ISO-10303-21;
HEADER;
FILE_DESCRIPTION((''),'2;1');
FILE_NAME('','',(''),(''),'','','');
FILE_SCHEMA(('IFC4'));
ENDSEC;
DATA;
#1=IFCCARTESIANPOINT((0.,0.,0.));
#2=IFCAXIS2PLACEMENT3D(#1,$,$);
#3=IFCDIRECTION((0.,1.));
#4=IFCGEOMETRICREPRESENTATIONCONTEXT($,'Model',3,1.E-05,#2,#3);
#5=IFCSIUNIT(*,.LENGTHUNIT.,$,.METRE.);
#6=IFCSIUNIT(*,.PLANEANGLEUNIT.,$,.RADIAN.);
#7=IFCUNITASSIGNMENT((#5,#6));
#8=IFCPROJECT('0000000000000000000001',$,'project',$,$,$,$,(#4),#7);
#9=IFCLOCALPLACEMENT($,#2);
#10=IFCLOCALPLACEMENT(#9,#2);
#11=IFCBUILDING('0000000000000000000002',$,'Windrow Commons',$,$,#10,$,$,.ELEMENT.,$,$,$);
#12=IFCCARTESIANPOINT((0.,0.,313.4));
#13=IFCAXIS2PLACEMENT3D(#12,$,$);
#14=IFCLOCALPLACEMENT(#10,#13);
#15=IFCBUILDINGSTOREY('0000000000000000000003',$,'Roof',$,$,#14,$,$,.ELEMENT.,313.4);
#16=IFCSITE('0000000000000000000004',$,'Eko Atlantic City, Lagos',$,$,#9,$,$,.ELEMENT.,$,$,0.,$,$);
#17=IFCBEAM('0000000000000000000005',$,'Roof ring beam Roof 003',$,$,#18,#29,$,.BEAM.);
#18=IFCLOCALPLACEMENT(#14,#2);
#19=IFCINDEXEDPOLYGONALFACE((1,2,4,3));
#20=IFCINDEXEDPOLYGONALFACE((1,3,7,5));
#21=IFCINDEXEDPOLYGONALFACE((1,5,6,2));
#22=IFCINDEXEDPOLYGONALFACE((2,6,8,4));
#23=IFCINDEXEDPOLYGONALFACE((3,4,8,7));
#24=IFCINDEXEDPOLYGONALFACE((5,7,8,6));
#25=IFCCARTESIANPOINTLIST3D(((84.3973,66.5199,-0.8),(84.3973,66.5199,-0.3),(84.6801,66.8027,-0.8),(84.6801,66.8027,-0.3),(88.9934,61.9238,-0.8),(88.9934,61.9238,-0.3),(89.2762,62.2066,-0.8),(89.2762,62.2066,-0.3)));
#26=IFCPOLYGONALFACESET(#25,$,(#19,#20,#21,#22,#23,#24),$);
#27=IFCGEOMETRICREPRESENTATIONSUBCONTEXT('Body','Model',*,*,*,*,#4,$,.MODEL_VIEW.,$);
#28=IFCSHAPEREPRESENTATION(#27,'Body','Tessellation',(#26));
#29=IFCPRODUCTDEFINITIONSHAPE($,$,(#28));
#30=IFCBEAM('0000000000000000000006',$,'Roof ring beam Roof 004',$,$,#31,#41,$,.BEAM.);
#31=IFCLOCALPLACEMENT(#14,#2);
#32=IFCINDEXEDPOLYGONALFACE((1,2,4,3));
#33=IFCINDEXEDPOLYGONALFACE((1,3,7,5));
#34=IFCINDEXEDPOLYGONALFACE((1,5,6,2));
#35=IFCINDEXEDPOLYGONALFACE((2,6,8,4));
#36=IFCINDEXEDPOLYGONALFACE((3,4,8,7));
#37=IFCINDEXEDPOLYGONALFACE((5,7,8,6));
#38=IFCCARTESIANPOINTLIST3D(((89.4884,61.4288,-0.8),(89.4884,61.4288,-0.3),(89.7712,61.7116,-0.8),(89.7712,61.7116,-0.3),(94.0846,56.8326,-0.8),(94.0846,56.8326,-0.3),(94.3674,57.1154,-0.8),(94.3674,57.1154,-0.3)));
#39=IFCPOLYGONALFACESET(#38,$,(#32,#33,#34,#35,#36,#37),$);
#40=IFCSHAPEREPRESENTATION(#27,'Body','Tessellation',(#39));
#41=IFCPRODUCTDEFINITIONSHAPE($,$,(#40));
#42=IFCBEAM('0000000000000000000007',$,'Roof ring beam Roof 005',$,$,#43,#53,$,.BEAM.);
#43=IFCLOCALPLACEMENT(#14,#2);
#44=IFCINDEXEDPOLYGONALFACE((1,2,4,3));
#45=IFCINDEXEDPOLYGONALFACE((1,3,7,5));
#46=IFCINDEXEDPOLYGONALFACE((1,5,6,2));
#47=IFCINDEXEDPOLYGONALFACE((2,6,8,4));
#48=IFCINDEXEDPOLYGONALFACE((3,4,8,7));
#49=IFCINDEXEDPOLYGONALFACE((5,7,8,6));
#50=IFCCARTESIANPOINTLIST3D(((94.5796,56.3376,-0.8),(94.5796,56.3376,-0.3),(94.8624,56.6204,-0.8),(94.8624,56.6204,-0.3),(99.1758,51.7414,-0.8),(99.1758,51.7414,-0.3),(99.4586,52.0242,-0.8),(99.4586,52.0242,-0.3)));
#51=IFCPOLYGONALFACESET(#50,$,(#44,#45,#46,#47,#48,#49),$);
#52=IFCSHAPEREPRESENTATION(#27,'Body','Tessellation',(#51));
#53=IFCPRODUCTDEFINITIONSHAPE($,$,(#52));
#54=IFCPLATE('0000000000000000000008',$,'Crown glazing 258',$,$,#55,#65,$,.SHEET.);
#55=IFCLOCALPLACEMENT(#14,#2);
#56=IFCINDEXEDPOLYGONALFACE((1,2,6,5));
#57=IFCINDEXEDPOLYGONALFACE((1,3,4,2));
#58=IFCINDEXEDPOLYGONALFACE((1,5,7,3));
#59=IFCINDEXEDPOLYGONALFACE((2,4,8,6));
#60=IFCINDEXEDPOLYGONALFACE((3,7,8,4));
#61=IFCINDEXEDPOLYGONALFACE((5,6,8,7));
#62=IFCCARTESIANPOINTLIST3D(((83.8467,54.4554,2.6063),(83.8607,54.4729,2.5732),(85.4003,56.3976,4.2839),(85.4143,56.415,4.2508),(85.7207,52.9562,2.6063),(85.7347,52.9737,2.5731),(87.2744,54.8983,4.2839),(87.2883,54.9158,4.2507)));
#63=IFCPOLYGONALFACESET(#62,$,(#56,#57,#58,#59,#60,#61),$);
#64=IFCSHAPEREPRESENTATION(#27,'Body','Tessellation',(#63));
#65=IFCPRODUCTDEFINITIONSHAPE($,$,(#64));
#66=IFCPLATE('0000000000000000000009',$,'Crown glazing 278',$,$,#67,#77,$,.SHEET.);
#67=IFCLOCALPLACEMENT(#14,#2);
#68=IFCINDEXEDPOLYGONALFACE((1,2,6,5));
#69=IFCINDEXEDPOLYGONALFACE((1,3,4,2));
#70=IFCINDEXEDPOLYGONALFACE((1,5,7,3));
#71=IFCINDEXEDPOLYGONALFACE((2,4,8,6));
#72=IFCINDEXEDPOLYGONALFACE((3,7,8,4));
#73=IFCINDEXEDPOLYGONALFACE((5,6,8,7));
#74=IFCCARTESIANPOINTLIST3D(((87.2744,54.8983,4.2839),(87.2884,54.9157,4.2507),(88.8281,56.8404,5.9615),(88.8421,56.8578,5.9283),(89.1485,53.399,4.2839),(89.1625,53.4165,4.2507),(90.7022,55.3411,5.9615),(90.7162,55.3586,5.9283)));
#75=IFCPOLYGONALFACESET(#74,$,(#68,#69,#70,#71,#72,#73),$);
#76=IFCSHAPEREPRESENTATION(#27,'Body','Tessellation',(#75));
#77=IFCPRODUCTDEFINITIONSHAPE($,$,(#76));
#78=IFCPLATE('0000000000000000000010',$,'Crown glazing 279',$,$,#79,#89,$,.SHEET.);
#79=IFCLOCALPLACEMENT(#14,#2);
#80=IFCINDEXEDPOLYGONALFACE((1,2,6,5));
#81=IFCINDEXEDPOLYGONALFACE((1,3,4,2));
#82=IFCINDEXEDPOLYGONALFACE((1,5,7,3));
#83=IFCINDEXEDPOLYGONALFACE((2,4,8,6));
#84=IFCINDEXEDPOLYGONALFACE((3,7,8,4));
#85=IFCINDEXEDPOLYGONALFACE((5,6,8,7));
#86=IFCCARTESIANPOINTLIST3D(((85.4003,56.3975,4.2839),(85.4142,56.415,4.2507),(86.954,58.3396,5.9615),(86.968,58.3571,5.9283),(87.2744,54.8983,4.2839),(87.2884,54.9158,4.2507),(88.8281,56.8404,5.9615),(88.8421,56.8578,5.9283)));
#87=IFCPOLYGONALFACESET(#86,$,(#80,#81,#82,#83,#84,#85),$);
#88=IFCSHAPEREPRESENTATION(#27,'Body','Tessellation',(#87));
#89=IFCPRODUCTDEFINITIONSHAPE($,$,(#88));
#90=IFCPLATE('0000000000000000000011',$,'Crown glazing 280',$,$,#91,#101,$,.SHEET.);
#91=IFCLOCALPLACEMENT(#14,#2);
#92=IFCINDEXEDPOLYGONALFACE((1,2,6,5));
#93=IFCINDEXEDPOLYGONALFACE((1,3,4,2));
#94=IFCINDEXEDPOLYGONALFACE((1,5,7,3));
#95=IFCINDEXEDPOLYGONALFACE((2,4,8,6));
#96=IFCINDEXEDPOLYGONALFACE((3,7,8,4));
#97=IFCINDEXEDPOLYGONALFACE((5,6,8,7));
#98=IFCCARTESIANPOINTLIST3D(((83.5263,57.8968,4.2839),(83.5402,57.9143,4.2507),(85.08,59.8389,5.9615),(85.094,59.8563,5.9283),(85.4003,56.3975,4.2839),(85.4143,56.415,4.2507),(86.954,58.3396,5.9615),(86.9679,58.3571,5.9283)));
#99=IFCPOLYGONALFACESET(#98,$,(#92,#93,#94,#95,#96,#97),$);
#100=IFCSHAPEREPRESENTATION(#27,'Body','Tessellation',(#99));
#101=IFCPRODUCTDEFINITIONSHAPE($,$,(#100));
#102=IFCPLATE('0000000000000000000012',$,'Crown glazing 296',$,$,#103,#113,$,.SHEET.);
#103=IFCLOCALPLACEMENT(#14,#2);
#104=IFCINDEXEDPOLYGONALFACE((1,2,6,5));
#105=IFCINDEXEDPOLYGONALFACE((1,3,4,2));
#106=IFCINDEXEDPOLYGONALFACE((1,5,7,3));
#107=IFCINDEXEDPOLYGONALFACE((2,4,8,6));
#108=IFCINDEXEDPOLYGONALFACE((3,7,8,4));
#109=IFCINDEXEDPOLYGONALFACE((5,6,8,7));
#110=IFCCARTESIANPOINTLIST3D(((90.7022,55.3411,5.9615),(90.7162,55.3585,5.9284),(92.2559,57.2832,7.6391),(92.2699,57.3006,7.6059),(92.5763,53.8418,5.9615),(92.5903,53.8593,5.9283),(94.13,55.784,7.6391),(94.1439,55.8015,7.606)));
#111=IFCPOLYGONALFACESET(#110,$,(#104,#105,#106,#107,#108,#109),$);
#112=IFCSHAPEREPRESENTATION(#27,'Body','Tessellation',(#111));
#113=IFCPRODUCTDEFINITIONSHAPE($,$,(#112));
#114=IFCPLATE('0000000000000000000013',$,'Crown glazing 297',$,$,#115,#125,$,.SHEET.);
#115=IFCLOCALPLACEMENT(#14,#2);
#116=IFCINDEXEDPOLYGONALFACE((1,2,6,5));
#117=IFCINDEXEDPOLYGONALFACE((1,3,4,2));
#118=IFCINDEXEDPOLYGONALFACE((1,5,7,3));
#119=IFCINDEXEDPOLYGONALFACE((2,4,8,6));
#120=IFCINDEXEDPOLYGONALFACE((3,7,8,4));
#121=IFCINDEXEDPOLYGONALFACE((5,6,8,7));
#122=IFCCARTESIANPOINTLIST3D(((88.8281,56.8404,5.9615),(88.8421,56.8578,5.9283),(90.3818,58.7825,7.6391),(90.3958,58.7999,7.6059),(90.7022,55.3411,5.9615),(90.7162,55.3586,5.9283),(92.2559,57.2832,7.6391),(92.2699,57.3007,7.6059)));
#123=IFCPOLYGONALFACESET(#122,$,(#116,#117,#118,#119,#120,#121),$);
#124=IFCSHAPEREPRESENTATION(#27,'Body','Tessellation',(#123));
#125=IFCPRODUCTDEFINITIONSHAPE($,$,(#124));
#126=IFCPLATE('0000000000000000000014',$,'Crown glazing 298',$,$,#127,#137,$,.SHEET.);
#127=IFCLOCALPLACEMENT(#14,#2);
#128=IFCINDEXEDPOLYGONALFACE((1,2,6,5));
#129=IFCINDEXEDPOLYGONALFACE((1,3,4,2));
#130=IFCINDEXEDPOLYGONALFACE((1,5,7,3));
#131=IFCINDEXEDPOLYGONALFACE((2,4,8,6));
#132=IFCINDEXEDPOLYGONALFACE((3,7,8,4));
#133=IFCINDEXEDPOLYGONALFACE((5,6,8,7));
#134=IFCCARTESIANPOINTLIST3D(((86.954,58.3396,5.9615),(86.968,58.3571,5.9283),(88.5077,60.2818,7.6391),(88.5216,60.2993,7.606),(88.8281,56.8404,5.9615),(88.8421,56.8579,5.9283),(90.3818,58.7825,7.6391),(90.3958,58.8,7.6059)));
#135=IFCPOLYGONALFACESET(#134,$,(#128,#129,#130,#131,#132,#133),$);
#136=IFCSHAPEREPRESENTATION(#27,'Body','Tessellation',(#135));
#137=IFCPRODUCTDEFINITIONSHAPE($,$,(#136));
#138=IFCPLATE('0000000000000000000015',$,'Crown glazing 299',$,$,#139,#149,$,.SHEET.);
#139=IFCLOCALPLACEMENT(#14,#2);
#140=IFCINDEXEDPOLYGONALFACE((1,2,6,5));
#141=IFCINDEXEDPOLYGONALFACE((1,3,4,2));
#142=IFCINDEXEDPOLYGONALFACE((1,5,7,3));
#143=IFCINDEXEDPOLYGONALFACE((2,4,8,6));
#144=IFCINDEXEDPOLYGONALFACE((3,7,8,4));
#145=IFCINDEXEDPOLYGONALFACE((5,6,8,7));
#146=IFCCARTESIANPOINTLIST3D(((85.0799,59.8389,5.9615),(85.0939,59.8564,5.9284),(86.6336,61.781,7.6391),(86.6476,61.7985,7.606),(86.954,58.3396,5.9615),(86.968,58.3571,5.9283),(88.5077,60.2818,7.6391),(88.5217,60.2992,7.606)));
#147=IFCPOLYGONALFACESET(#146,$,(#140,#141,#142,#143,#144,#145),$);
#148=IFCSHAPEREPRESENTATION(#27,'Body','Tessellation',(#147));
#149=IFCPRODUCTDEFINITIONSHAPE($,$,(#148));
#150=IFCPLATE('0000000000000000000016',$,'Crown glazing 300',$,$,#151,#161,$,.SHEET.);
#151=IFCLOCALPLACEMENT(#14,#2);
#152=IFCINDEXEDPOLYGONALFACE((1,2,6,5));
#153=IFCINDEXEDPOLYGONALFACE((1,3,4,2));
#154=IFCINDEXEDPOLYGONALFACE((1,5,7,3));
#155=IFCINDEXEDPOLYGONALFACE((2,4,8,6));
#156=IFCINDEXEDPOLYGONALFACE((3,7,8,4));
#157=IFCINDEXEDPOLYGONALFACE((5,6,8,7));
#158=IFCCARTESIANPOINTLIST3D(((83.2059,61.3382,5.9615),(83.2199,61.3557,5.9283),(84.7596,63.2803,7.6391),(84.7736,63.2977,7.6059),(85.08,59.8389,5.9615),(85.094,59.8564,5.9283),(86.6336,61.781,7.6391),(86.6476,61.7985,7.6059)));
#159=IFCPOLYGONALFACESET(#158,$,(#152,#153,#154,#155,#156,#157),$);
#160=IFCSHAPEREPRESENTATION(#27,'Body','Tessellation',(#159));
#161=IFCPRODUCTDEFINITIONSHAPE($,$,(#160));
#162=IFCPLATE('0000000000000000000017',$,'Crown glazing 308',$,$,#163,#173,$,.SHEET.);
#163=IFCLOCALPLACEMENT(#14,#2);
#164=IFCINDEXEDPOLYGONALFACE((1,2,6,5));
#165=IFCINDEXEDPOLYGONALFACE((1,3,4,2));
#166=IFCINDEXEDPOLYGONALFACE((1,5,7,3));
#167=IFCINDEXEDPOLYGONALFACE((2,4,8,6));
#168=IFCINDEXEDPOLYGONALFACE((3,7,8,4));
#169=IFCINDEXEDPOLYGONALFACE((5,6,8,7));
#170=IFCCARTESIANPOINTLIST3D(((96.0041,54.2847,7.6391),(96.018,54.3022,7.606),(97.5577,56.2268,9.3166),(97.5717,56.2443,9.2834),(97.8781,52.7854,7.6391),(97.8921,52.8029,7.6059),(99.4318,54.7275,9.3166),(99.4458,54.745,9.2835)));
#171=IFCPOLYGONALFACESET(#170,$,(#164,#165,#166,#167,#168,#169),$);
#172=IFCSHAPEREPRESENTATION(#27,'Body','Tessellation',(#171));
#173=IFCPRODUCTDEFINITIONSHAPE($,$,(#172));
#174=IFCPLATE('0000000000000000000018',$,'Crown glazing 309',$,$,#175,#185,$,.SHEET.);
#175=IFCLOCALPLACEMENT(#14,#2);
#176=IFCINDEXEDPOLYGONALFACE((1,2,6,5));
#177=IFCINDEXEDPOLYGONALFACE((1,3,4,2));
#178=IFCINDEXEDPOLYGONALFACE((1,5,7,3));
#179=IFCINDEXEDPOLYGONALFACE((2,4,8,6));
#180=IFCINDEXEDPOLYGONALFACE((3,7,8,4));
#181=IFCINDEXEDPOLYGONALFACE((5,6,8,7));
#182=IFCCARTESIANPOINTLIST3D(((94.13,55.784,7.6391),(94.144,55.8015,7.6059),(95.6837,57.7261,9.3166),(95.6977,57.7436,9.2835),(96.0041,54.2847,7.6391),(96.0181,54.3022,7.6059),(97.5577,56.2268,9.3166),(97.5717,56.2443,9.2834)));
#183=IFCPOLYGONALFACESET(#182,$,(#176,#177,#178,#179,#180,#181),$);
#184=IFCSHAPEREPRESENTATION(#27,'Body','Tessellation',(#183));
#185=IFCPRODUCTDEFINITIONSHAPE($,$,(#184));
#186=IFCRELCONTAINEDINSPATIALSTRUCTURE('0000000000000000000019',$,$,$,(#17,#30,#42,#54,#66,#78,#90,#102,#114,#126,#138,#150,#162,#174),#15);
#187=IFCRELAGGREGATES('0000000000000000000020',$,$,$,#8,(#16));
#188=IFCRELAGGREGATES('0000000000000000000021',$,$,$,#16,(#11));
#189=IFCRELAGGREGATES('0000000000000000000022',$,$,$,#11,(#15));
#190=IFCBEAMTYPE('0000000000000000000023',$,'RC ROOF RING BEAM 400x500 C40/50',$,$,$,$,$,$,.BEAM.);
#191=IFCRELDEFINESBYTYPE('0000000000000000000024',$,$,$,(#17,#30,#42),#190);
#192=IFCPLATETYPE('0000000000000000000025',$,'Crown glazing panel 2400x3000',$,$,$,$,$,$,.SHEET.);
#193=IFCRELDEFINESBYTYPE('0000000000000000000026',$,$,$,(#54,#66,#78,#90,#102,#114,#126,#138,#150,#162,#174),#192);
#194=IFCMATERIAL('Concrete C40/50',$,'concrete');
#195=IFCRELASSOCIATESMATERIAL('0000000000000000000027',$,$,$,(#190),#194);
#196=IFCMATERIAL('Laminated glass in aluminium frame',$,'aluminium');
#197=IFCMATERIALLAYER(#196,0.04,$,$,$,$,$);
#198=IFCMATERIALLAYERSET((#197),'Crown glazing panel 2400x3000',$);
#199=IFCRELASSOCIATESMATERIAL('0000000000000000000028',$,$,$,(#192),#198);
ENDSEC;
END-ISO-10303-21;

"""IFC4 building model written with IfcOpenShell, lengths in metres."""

from ifc_helpers import new_model, si_unit, direction, frame, origin, origin_2d, place, context, subcontext, project, spatial, polyline, rectangle, outline, extrude, material, layer, layer_set, material_profile, profile_set, type_object, element, save


model = new_model("IFC4")

# Units and contexts
model_context = context("Model", 3, precision=1e-05, world=origin(), true_north=direction((0.0, 1.0)))
body_context = subcontext(model_context, "Body", "Model", "MODEL_VIEW")
ifc_project = project(units=[si_unit("LENGTHUNIT", "METRE"), si_unit("PLANEANGLEUNIT", "RADIAN")], contexts=[model_context])

# Site, building, storey
site_placement = place(None, origin())
site = spatial("IfcSite", under=ifc_project, at=site_placement, Name="Eko Atlantic City, Lagos", CompositionType="ELEMENT", RefElevation=0.0)
building_placement = place(site_placement, origin())
building = spatial("IfcBuilding", under=site, at=building_placement, Name="Windrow Commons", CompositionType="ELEMENT")
storey_placement = place(building_placement, frame((0.0, 0.0, 313.4)))
storey = spatial("IfcBuildingStorey", under=building, at=storey_placement, Name="Roof", CompositionType="ELEMENT", Elevation=313.4)

# Beams
ifc_material_1 = material(Name="Concrete C40/50", Category="concrete")
ifc_material_profile = material_profile(ifc_material_1, rectangle(XDim=0.4, YDim=0.5, at=origin_2d()))
ifc_profile_set = profile_set([ifc_material_profile], Name="Concrete C40/50")
beam_type = type_object("IfcBeamType", Name="RC ROOF RING BEAM 400x500 C40/50", PredefinedType="BEAM", material=ifc_profile_set)
beam_placement = place(storey_placement, frame((84.5387, 66.6613, -0.55), z_axis=(0.707107, -0.707107, 0.0), x_axis=(0.707107, 0.707107, 0.0)))
element("IfcBeam", 1, at=beam_placement, inside=storey, type_object=beam_type, Name="Roof ring beam Roof 003", PredefinedType="BEAM", context=body_context, shape_type="SweptSolid", body=[
    extrude(rectangle(XDim=0.4, YDim=0.5, at=origin_2d()), origin(), (0.0, 0.0, 1.0), 6.4999),
])
for number, where, z_axis, x_axis, name in (
    (2, (89.6298, 61.5702, -0.55), (0.707107, -0.707107, 0.0), (0.707107, 0.707107, 0.0), "Roof ring beam Roof 004"),
    (3, (94.721, 56.479, -0.55), (0.707107, -0.707107, 0.0), (0.707107, 0.707107, 0.0), "Roof ring beam Roof 005"),
):
    element("IfcBeam", number, at=place(storey_placement, frame(where, z_axis=z_axis, x_axis=x_axis)), inside=storey, type_object=beam_type, Name=name, PredefinedType="BEAM", context=body_context, shape_type="SweptSolid", body=[
        extrude(rectangle(XDim=0.4, YDim=0.5, at=origin_2d()), origin(), (0.0, 0.0, 1.0), 6.5),
    ])

# Plates
ifc_material_2 = material(Name="Laminated glass in aluminium frame", Category="aluminium")
ifc_layer = layer(ifc_material_2, 0.04)
ifc_layer_set = layer_set([ifc_layer], Name="Crown glazing panel 2400x3000")
plate_type = type_object("IfcPlateType", Name="Crown glazing panel 2400x3000", PredefinedType="SHEET", material=ifc_layer_set)
plate_1_placement = place(storey_placement, frame((85.7207, 52.9562, 2.6063), z_axis=(-0.349325, -0.436668, 0.829031), x_axis=(-0.780871, 0.624692, 0.000006)))
element("IfcPlate", 4, at=plate_1_placement, inside=storey, type_object=plate_type, Name="Crown glazing 258", PredefinedType="SHEET", context=body_context, shape_type="SweptSolid", body=[
    extrude(outline(polyline([(0.0, 0.0), (2.3999, 0.0), (2.4, -3.0), (0.0, -3.0), (0.0, 0.0)])), origin(), (0.0, 0.0, -1.0), 0.04),
])
plate_2_placement = place(storey_placement, frame((89.1485, 53.399, 4.2839), z_axis=(-0.349331, -0.436658, 0.829034), x_axis=(-0.780865, 0.6247, 0.0)))
element("IfcPlate", 5, at=plate_2_placement, inside=storey, type_object=plate_type, Name="Crown glazing 278", PredefinedType="SHEET", context=body_context, shape_type="SweptSolid", body=[
    extrude(outline(polyline([(0.0, 0.0), (2.4, 0.0), (2.4, -3.0), (0.0, -3.0), (0.0, 0.0)])), origin(), (0.0, 0.0, -1.0), 0.04),
])
plate_3_placement = place(storey_placement, frame((87.2744, 54.8983, 4.2839), z_axis=(-0.349317, -0.436669, 0.829034), x_axis=(-0.780885, 0.624675, 0.0)))
element("IfcPlate", 6, at=plate_3_placement, inside=storey, type_object=plate_type, Name="Crown glazing 279", PredefinedType="SHEET", context=body_context, shape_type="SweptSolid", body=[
    extrude(outline(polyline([(0.0, 0.0), (2.4, 0.0), (2.3999, -3.0), (-0.0001, -3.0), (0.0, 0.0)])), origin(), (0.0, 0.0, -1.0), 0.04),
])
plate_4_placement = place(storey_placement, frame((85.4003, 56.3975, 4.2839), z_axis=(-0.349342, -0.436649, 0.829034), x_axis=(-0.780848, 0.62472, 0.0)))
element("IfcPlate", 7, at=plate_4_placement, inside=storey, type_object=plate_type, Name="Crown glazing 280", PredefinedType="SHEET", context=body_context, shape_type="SweptSolid", body=[
    extrude(outline(polyline([(0.0, 0.0), (2.4, 0.0), (2.4, -3.0), (0.0001, -3.0), (0.0, 0.0)])), origin(), (0.0, 0.0, -1.0), 0.04),
])
plate_5_placement = place(storey_placement, frame((92.5763, 53.8418, 5.9615), z_axis=(-0.34932, -0.436659, 0.829038), x_axis=(-0.780868, 0.624696, 0.000008)))
element("IfcPlate", 8, at=plate_5_placement, inside=storey, type_object=plate_type, Name="Crown glazing 296", PredefinedType="SHEET", context=body_context, shape_type="SweptSolid", body=[
    extrude(outline(polyline([(0.0, 0.0), (2.4, 0.0), (2.4, -3.0), (0.0001, -3.0001), (0.0, 0.0)])), origin(), (0.0, 0.0, -1.0), 0.04),
])
plate_6_placement = place(storey_placement, frame((90.7022, 55.3411, 5.9615), z_axis=(-0.349331, -0.436658, 0.829034), x_axis=(-0.780865, 0.6247, 0.0)))
element("IfcPlate", 9, at=plate_6_placement, inside=storey, type_object=plate_type, Name="Crown glazing 297", PredefinedType="SHEET", context=body_context, shape_type="SweptSolid", body=[
    extrude(outline(polyline([(0.0, 0.0), (2.4, 0.0), (2.4, -3.0), (0.0, -3.0), (0.0, 0.0)])), origin(), (0.0, 0.0, -1.0), 0.04),
])
plate_7_placement = place(storey_placement, frame((88.8281, 56.8404, 5.9615), z_axis=(-0.34932, -0.436659, 0.829038), x_axis=(-0.780882, 0.624679, -0.000008)))
element("IfcPlate", 10, at=plate_7_placement, inside=storey, type_object=plate_type, Name="Crown glazing 298", PredefinedType="SHEET", context=body_context, shape_type="SweptSolid", body=[
    extrude(outline(polyline([(0.0, 0.0), (2.4, 0.0), (2.4, -3.0001), (-0.0001, -3.0), (0.0, 0.0)])), origin(), (0.0, 0.0, -1.0), 0.04),
])
plate_8_placement = place(storey_placement, frame((86.954, 58.3396, 5.9615), z_axis=(-0.349329, -0.436658, 0.829035), x_axis=(-0.780854, 0.624713, 0.000014)))
element("IfcPlate", 11, at=plate_8_placement, inside=storey, type_object=plate_type, Name="Crown glazing 299", PredefinedType="SHEET", context=body_context, shape_type="SweptSolid", body=[
    extrude(outline(polyline([(0.0, 0.0), (2.4, 0.0), (2.4001, -3.0), (0.0001, -3.0001), (0.0, 0.0)])), origin(), (0.0, 0.0, -1.0), 0.04),
])
plate_9_placement = place(storey_placement, frame((85.08, 59.8389, 5.9615), z_axis=(-0.349339, -0.436657, 0.829031), x_axis=(-0.780862, 0.624703, -0.000006)))
element("IfcPlate", 12, at=plate_9_placement, inside=storey, type_object=plate_type, Name="Crown glazing 300", PredefinedType="SHEET", context=body_context, shape_type="SweptSolid", body=[
    extrude(outline(polyline([(0.0, 0.0), (2.4, 0.0), (2.4, -3.0), (0.0001, -3.0), (0.0, 0.0)])), origin(), (0.0, 0.0, -1.0), 0.04),
])
plate_10_placement = place(storey_placement, frame((97.8781, 52.7854, 7.6391), z_axis=(-0.349325, -0.436639, 0.829047), x_axis=(-0.780851, 0.624717, 0.000006)))
element("IfcPlate", 13, at=plate_10_placement, inside=storey, type_object=plate_type, Name="Crown glazing 308", PredefinedType="SHEET", context=body_context, shape_type="SweptSolid", body=[
    extrude(outline(polyline([(0.0, 0.0), (2.4, 0.0), (2.4001, -2.9999), (0.0001, -3.0), (0.0, 0.0)])), origin(), (0.0, 0.0, -1.0), 0.04),
])
plate_11_placement = place(storey_placement, frame((96.0041, 54.2847, 7.6391), z_axis=(-0.349325, -0.436639, 0.829047), x_axis=(-0.780862, 0.624703, -0.000006)))
element("IfcPlate", 14, at=plate_11_placement, inside=storey, type_object=plate_type, Name="Crown glazing 309", PredefinedType="SHEET", context=body_context, shape_type="SweptSolid", body=[
    extrude(outline(polyline([(0.0, 0.0), (2.4, 0.0), (2.4, -3.0), (0.0001, -2.9999), (0.0, 0.0)])), origin(), (0.0, 0.0, -1.0), 0.04),
])

save(model, "model.ifc")
